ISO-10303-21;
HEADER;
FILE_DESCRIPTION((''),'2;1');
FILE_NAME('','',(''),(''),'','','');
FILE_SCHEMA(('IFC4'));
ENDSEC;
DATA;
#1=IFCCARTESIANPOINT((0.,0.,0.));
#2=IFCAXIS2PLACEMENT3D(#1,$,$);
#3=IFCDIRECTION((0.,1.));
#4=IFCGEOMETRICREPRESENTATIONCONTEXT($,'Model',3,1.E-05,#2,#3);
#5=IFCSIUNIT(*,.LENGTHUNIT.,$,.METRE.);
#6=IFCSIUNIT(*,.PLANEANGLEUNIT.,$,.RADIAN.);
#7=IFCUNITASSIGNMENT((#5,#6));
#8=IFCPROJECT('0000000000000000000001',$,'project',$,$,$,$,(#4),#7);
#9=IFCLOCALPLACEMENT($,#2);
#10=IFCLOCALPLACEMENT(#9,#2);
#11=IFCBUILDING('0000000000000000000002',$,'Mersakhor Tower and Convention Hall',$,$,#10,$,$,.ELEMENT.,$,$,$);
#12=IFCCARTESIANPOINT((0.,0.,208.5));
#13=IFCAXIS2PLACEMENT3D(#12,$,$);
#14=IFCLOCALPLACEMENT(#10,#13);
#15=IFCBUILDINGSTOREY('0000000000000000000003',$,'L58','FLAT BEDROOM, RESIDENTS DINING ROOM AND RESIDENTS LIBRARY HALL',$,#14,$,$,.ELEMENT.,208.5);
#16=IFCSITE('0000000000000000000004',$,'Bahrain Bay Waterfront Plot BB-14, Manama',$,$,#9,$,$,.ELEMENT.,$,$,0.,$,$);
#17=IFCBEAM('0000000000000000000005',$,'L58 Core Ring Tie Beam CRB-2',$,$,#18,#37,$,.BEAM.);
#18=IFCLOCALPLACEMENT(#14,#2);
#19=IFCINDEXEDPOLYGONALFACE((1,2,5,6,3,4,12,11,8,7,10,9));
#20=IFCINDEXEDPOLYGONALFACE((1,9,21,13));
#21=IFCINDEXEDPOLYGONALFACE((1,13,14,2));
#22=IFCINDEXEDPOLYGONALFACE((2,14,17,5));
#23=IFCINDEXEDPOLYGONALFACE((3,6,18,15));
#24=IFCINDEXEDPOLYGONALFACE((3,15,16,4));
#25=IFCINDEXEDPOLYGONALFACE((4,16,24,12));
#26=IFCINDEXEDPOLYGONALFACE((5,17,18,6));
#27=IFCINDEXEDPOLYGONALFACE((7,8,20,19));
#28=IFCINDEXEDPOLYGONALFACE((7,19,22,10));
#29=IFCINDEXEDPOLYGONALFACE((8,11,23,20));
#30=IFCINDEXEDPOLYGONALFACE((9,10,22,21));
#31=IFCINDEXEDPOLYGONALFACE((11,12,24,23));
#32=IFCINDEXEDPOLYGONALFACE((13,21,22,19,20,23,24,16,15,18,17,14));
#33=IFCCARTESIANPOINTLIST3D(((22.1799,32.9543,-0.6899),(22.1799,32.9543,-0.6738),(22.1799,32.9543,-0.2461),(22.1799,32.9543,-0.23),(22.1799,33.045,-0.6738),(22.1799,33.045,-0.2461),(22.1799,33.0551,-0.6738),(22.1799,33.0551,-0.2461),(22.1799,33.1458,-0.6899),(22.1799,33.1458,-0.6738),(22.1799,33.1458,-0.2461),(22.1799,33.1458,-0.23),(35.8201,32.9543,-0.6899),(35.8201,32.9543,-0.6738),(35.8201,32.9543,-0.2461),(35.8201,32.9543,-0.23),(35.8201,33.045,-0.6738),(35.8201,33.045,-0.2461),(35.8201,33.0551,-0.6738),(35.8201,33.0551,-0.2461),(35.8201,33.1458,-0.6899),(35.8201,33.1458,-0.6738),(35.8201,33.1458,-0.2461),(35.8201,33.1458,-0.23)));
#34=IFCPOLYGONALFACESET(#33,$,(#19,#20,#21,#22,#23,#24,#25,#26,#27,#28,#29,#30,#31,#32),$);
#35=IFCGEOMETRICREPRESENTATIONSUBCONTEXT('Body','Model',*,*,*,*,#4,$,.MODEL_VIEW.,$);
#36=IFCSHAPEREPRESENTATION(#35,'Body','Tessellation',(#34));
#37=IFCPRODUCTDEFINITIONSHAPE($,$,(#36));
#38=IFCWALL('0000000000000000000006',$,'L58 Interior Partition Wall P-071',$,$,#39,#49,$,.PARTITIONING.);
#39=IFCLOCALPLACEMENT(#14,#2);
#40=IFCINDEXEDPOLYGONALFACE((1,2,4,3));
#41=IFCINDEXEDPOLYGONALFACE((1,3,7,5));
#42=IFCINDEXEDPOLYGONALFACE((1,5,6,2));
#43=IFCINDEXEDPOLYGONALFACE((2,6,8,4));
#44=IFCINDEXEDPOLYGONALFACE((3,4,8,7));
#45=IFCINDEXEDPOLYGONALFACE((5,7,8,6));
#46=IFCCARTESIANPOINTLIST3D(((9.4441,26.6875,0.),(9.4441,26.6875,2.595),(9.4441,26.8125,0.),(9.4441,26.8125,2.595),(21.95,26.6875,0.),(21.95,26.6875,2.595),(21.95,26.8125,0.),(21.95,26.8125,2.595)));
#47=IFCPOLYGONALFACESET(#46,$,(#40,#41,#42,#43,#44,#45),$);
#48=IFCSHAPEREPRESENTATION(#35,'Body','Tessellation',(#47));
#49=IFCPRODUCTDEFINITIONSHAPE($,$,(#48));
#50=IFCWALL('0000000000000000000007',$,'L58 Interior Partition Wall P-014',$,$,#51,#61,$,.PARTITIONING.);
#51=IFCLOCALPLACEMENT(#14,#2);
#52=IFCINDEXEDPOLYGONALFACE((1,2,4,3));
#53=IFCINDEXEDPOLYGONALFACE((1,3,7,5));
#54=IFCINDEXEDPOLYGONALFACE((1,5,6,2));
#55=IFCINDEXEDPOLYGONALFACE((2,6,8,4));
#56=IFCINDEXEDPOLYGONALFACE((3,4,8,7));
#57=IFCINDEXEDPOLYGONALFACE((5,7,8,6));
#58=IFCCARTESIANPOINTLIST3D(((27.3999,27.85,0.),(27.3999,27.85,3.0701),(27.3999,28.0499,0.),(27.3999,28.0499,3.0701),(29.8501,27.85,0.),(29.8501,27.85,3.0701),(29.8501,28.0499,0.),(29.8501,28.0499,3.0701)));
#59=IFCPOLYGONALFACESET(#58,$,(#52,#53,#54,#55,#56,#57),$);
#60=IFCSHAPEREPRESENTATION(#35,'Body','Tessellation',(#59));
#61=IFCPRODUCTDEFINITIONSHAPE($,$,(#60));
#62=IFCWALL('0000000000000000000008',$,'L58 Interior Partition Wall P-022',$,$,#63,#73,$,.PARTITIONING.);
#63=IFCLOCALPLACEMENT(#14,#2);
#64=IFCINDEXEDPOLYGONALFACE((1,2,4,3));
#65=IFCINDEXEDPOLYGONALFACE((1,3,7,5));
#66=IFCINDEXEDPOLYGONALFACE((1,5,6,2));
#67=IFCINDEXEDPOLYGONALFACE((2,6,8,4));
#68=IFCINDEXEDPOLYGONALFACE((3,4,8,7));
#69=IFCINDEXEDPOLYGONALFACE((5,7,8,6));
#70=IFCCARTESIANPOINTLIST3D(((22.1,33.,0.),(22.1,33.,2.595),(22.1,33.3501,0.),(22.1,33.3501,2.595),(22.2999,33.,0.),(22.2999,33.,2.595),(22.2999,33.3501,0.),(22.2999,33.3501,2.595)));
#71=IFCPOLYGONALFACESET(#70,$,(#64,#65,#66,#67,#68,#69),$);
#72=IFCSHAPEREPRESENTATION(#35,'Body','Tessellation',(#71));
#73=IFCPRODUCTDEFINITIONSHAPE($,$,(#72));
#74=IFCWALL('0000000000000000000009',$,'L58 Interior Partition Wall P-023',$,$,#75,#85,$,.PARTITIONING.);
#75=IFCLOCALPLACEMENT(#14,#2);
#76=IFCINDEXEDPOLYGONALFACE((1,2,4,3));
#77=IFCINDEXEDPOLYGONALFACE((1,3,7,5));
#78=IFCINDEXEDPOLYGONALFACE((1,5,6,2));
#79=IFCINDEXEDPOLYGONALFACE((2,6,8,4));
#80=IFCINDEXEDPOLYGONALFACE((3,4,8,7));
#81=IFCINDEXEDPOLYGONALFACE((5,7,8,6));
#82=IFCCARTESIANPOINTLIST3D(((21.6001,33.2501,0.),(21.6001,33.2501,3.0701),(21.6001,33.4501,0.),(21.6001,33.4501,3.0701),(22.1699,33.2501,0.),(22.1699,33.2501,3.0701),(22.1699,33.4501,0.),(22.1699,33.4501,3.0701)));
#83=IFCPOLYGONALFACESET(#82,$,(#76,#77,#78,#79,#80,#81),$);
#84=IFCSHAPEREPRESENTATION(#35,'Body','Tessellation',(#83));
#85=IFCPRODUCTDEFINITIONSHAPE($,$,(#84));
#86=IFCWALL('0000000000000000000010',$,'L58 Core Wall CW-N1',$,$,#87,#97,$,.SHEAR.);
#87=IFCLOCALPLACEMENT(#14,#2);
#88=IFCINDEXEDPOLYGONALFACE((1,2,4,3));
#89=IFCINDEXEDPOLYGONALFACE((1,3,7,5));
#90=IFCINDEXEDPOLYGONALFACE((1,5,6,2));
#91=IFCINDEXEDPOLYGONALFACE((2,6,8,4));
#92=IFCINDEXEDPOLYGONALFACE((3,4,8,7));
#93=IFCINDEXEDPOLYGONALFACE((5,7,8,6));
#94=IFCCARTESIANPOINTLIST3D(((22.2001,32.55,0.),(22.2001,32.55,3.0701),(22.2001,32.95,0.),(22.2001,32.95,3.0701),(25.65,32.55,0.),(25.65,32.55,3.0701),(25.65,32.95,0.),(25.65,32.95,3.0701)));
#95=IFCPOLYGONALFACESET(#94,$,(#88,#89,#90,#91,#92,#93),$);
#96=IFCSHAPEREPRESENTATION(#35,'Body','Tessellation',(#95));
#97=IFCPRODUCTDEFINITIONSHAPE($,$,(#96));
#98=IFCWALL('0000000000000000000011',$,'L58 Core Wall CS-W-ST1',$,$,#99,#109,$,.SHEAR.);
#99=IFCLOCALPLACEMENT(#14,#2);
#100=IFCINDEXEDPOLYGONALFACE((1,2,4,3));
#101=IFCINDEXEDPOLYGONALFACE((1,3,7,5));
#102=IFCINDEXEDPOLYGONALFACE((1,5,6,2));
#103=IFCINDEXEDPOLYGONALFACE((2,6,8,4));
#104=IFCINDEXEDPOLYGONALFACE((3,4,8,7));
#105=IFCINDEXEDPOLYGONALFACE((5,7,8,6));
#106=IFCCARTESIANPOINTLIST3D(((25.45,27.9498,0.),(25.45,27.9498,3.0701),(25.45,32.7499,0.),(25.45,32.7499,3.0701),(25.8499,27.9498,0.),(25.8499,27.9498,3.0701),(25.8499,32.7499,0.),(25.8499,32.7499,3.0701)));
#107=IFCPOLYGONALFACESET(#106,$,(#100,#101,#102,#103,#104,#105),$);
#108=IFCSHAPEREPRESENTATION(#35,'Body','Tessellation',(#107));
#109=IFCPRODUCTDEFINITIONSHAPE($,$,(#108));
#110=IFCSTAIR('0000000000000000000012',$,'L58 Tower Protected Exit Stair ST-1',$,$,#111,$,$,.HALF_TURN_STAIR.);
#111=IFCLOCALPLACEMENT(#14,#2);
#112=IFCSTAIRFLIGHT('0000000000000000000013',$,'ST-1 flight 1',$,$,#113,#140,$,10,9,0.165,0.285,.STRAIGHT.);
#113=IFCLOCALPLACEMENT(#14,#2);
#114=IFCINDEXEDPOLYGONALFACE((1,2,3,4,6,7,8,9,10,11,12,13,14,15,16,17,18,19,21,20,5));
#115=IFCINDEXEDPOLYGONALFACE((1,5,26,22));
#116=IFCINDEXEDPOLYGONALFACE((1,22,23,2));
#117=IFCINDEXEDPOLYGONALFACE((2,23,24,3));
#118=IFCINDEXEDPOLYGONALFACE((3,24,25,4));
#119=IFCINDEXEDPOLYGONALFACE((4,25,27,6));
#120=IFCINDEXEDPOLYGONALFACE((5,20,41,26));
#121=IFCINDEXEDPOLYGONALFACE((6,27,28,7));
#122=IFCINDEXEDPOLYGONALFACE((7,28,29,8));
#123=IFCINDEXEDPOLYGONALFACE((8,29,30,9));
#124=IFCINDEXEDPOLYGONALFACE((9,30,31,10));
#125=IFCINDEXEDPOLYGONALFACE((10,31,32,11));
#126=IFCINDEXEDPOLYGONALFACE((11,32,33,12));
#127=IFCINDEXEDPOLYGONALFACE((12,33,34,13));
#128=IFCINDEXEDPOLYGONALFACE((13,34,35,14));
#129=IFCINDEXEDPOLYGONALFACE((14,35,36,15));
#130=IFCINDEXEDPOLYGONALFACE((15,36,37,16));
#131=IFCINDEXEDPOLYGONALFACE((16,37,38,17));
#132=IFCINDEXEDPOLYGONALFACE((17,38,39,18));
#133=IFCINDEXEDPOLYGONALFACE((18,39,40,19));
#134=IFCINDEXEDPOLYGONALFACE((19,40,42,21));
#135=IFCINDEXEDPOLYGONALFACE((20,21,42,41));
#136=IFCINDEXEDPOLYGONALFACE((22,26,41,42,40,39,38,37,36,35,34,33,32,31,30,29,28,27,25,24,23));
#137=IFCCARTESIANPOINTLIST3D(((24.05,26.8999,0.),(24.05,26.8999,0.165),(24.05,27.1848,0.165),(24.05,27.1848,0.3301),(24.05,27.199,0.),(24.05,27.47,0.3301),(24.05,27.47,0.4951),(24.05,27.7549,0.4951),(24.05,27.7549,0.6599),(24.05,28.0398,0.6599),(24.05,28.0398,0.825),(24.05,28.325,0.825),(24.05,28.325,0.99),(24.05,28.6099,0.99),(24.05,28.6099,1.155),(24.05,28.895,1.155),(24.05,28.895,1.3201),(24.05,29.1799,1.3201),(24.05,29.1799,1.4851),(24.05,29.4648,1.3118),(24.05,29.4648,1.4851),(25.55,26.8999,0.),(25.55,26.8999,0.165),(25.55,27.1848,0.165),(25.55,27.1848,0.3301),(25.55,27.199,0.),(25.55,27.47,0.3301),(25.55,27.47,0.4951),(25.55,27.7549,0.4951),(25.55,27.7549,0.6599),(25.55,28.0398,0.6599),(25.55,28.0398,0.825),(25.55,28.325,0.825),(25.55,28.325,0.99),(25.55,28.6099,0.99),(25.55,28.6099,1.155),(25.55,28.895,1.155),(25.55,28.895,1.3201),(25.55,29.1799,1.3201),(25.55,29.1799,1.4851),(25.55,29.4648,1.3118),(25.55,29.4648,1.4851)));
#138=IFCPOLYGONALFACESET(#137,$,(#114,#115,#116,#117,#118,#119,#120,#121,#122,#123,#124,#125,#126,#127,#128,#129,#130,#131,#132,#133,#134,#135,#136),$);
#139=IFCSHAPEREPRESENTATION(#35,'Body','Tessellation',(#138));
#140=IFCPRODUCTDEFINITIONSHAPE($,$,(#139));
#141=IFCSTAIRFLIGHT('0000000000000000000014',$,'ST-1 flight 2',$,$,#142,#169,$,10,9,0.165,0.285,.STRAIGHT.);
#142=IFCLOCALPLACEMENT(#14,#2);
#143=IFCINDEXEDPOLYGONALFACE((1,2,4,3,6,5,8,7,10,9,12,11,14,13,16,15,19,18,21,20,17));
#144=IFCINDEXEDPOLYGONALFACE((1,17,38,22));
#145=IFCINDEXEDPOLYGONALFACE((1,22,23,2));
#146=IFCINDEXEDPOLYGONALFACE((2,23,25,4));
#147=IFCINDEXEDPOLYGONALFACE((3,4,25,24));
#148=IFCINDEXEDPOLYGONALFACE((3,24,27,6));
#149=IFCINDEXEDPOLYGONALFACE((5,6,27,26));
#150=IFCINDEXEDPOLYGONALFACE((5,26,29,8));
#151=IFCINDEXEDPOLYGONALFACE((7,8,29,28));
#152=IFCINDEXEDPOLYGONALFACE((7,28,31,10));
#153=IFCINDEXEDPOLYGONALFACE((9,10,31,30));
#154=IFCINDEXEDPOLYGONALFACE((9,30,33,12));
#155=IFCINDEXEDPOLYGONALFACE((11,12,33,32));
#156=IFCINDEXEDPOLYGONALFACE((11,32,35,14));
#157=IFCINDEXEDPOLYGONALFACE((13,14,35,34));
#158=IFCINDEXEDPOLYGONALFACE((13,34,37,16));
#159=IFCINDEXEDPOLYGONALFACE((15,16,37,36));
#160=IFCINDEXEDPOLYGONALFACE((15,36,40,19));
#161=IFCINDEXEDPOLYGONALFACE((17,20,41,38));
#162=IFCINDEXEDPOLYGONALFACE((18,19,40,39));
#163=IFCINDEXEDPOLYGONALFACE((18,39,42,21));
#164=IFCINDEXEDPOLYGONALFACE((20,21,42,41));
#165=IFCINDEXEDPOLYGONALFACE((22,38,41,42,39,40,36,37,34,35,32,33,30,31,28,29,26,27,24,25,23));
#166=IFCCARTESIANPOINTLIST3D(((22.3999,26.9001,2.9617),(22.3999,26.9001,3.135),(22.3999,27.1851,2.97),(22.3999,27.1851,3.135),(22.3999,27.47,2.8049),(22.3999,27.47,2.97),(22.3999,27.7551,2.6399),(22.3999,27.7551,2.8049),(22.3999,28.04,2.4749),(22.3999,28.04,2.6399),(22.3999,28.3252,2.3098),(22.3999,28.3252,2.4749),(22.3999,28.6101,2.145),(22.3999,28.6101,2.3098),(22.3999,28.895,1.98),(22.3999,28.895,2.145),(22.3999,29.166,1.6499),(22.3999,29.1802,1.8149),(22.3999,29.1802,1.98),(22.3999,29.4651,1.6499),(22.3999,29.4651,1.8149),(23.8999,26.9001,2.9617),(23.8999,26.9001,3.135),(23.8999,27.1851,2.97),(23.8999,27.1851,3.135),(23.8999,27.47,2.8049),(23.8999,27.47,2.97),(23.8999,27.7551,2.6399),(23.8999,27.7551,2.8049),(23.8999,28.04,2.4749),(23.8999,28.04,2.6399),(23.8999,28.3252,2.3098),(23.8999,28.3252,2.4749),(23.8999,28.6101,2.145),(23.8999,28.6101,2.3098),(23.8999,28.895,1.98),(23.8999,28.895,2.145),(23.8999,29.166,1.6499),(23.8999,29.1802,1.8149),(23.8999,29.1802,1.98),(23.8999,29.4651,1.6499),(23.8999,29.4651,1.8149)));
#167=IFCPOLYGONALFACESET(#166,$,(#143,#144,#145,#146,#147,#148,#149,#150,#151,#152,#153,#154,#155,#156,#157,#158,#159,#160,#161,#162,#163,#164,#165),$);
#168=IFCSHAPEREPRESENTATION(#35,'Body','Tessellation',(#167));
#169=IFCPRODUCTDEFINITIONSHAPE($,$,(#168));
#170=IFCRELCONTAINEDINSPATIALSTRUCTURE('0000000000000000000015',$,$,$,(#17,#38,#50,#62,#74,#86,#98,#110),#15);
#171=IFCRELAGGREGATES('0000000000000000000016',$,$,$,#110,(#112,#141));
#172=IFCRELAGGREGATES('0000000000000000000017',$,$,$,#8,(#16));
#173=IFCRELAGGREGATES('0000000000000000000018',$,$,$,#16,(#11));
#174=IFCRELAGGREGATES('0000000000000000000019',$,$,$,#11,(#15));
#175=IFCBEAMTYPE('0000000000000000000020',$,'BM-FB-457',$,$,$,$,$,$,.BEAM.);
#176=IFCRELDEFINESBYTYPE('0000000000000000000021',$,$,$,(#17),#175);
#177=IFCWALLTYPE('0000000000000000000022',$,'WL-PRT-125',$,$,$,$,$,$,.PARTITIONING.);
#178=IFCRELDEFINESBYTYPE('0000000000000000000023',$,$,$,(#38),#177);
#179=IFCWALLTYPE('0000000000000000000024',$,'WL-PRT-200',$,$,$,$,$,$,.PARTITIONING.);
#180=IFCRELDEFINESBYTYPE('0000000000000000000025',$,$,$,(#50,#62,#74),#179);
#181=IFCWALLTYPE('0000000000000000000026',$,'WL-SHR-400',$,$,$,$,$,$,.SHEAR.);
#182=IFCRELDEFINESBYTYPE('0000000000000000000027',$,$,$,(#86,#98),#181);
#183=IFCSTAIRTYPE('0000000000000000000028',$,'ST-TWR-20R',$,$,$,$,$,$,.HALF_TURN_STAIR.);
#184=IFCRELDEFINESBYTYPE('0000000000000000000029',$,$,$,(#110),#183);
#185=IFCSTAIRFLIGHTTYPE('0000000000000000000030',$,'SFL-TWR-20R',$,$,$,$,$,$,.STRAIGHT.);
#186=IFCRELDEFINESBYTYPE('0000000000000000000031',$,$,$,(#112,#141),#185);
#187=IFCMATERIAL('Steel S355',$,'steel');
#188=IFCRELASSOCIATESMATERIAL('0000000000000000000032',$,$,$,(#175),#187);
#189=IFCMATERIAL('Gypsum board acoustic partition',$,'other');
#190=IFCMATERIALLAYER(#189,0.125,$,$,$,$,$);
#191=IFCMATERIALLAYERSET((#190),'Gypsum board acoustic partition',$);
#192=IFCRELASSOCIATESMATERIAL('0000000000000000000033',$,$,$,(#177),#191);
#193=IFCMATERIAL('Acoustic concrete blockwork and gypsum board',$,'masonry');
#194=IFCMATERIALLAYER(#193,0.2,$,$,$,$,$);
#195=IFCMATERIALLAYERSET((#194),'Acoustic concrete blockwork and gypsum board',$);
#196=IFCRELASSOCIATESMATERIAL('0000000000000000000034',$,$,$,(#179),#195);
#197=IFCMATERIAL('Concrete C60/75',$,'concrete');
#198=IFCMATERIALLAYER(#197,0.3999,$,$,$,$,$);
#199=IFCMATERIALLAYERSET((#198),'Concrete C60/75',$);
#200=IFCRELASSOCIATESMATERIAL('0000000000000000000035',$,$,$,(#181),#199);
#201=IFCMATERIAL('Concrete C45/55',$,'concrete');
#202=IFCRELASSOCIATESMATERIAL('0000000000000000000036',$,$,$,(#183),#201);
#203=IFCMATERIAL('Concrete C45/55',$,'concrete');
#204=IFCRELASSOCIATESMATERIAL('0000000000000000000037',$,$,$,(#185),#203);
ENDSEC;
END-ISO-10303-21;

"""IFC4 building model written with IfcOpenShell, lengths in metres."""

from ifc_helpers import new_model, si_unit, direction, frame, frame_2d, origin, origin_2d, place, context, subcontext, project, spatial, polyline, rectangle, i_section, outline, extrude, material, layer, layer_set, material_profile, profile_set, type_object, element, aggregate, save


model = new_model("IFC4")

# Units and contexts
model_context = context("Model", 3, precision=1e-05, world=origin(), true_north=direction((0.0, 1.0)))
body_context = subcontext(model_context, "Body", "Model", "MODEL_VIEW")
ifc_project = project(units=[si_unit("LENGTHUNIT", "METRE"), si_unit("PLANEANGLEUNIT", "RADIAN")], contexts=[model_context])

# Site, building, storey
site_placement = place(None, origin())
site = spatial("IfcSite", under=ifc_project, at=site_placement, Name="Bahrain Bay Waterfront Plot BB-14, Manama", CompositionType="ELEMENT", RefElevation=0.0)
building_placement = place(site_placement, origin())
building = spatial("IfcBuilding", under=site, at=building_placement, Name="Mersakhor Tower and Convention Hall", CompositionType="ELEMENT")
storey_placement = place(building_placement, frame((0.0, 0.0, 208.5)))
storey = spatial("IfcBuildingStorey", under=building, at=storey_placement, Name="L58", Description="FLAT BEDROOM, RESIDENTS DINING ROOM AND RESIDENTS LIBRARY HALL", CompositionType="ELEMENT", Elevation=208.5)

# Beam
ifc_material_1 = material(Name="Steel S355", Category="steel")
ifc_material_profile = material_profile(ifc_material_1, i_section(OverallWidth=0.1914, OverallDepth=0.46, WebThickness=0.01, FlangeThickness=0.0161, at=origin_2d()), Name="UB 457x191x82")
ifc_profile_set = profile_set([ifc_material_profile], Name="Steel S355")
beam_type = type_object("IfcBeamType", Name="BM-FB-457", PredefinedType="BEAM", material=ifc_profile_set)
beam_placement = place(storey_placement, frame((22.1799, 33.05, -0.46), z_axis=(1.0, 0.0, 0.0), x_axis=(0.0, 1.0, 0.0)))
element("IfcBeam", 1, at=beam_placement, inside=storey, type_object=beam_type, Name="L58 Core Ring Tie Beam CRB-2", PredefinedType="BEAM", context=body_context, shape_type="SweptSolid", body=[
    extrude(i_section(OverallWidth=0.1914, OverallDepth=0.46, WebThickness=0.01, FlangeThickness=0.0161, at=origin_2d()), origin(), (0.0, 0.0, 1.0), 13.6401),
])

# Wall
ifc_material_2 = material(Name="Gypsum board acoustic partition", Category="other")
ifc_layer_1 = layer(ifc_material_2, 0.125)
ifc_layer_set_1 = layer_set([ifc_layer_1], Name="Gypsum board acoustic partition")
wall_type_1 = type_object("IfcWallType", Name="WL-PRT-125", PredefinedType="PARTITIONING", material=ifc_layer_set_1)
wall_1_placement = place(storey_placement, frame((21.95, 26.75, 0.0), z_axis=(0.0, 0.0, 1.0), x_axis=(-1.0, 0.0, 0.0)))
element("IfcWall", 2, at=wall_1_placement, inside=storey, type_object=wall_type_1, Name="L58 Interior Partition Wall P-071", PredefinedType="PARTITIONING", context=body_context, shape_type="SweptSolid", body=[
    extrude(rectangle(XDim=12.5059, YDim=0.125, at=frame_2d((6.2529, 0.0))), origin(), (0.0, 0.0, 1.0), 2.595),
])

# Shared definitions
ifc_material_3 = material(Name="Acoustic concrete blockwork and gypsum board", Category="masonry")
ifc_layer_2 = layer(ifc_material_3, 0.2)
ifc_layer_set_2 = layer_set([ifc_layer_2], Name="Acoustic concrete blockwork and gypsum board")
wall_type_2 = type_object("IfcWallType", Name="WL-PRT-200", PredefinedType="PARTITIONING", material=ifc_layer_set_2)

# Walls
wall_2_placement = place(storey_placement, frame((27.3999, 27.95, 0.0), z_axis=(0.0, 0.0, 1.0), x_axis=(1.0, 0.0, 0.0)))
element("IfcWall", 3, at=wall_2_placement, inside=storey, type_object=wall_type_2, Name="L58 Interior Partition Wall P-014", PredefinedType="PARTITIONING", context=body_context, shape_type="SweptSolid", body=[
    extrude(rectangle(XDim=2.4502, YDim=0.2, at=frame_2d((1.2251, 0.0))), origin(), (0.0, 0.0, 1.0), 3.0701),
])
wall_3_placement = place(storey_placement, frame((22.2, 33.0, 0.0), z_axis=(0.0, 0.0, 1.0), x_axis=(0.0, 1.0, 0.0)))
element("IfcWall", 4, at=wall_3_placement, inside=storey, type_object=wall_type_2, Name="L58 Interior Partition Wall P-022", PredefinedType="PARTITIONING", context=body_context, shape_type="SweptSolid", body=[
    extrude(rectangle(XDim=0.3501, YDim=0.2, at=frame_2d((0.175, 0.0))), origin(), (0.0, 0.0, 1.0), 2.595),
])
wall_4_placement = place(storey_placement, frame((22.1699, 33.3501, 0.0), z_axis=(0.0, 0.0, 1.0), x_axis=(-1.0, 0.0, 0.0)))
element("IfcWall", 5, at=wall_4_placement, inside=storey, type_object=wall_type_2, Name="L58 Interior Partition Wall P-023", PredefinedType="PARTITIONING", context=body_context, shape_type="SweptSolid", body=[
    extrude(rectangle(XDim=0.5698, YDim=0.2, at=frame_2d((0.2849, 0.0))), origin(), (0.0, 0.0, 1.0), 3.0701),
])
ifc_material_4 = material(Name="Concrete C60/75", Category="concrete")
ifc_layer_3 = layer(ifc_material_4, 0.3999)
ifc_layer_set_3 = layer_set([ifc_layer_3], Name="Concrete C60/75")
wall_type_3 = type_object("IfcWallType", Name="WL-SHR-400", PredefinedType="SHEAR", material=ifc_layer_set_3)
wall_5_placement = place(storey_placement, frame((22.2, 32.75, 0.0), z_axis=(0.0, 0.0, 1.0), x_axis=(1.0, 0.0, 0.0)))
element("IfcWall", 6, at=wall_5_placement, inside=storey, type_object=wall_type_3, Name="L58 Core Wall CW-N1", PredefinedType="SHEAR", context=body_context, shape_type="SweptSolid", body=[
    extrude(rectangle(XDim=3.45, YDim=0.3999, at=frame_2d((1.7251, 0.0))), origin(), (0.0, 0.0, 1.0), 3.0701),
])

# Wall
wall_6_placement = place(storey_placement, frame((25.6499, 27.95, 0.0), z_axis=(0.0, 0.0, 1.0), x_axis=(0.0, 1.0, 0.0)))
element("IfcWall", 7, at=wall_6_placement, inside=storey, type_object=wall_type_3, Name="L58 Core Wall CS-W-ST1", PredefinedType="SHEAR", context=body_context, shape_type="SweptSolid", body=[
    extrude(rectangle(XDim=4.8, YDim=0.3999, at=frame_2d((2.3999, 0.0))), origin(), (0.0, 0.0, 1.0), 3.0701),
])

# Stair, stair flights
ifc_material_5 = material(Name="Concrete C45/55", Category="concrete")
stair_type = type_object("IfcStairType", Name="ST-TWR-20R", PredefinedType="HALF_TURN_STAIR", material=ifc_material_5)
stair_placement = place(storey_placement, origin())
stair = element("IfcStair", 8, at=stair_placement, inside=storey, type_object=stair_type, Name="L58 Tower Protected Exit Stair ST-1", PredefinedType="HALF_TURN_STAIR")
ifc_material_6 = material(Name="Concrete C45/55", Category="concrete")
stair_flight_type = type_object("IfcStairFlightType", Name="SFL-TWR-20R", PredefinedType="STRAIGHT", material=ifc_material_6)
stair_flight_1_placement = place(storey_placement, frame((24.8, 26.8999, 0.0), z_axis=(0.0, 0.0, 1.0), x_axis=(0.0, 1.0, 0.0)))
stair_flight_1 = element("IfcStairFlight", 9, at=stair_flight_1_placement, type_object=stair_flight_type, Name="ST-1 flight 1", NumberOfRisers=10, NumberOfTreads=9, PredefinedType="STRAIGHT", RiserHeight=0.165, TreadLength=0.285, context=body_context, shape_type="SweptSolid", body=[
    extrude(outline(polyline([(0.0, 0.0), (0.0, 0.165), (0.2849, 0.165), (0.2849, 0.3301), (0.5701, 0.3301), (0.5701, 0.4951), (0.855, 0.4951), (0.855, 0.6599), (1.1399, 0.6599), (1.1399, 0.825), (1.425, 0.825), (1.425, 0.99), (1.71, 0.99), (1.71, 1.155), (1.9951, 1.155), (1.9951, 1.3201), (2.28, 1.3201), (2.28, 1.4851), (2.5649, 1.4851), (2.5649, 1.6499), (2.5649, 1.3118), (0.2991, 0.0), (0.0, 0.0)])), frame((0.0, 0.75, 0.0), z_axis=(0.0, -1.0, 0.0), x_axis=(1.0, 0.0, 0.0)), (0.0, 0.0, 1.0), 1.5),
])
stair_flight_2_placement = place(storey_placement, frame((23.1499, 29.4651, 1.6499), z_axis=(0.0, 0.0, 1.0), x_axis=(0.0, -1.0, 0.0)))
stair_flight_2 = element("IfcStairFlight", 10, at=stair_flight_2_placement, type_object=stair_flight_type, Name="ST-1 flight 2", NumberOfRisers=10, NumberOfTreads=9, PredefinedType="STRAIGHT", RiserHeight=0.165, TreadLength=0.285, context=body_context, shape_type="SweptSolid", body=[
    extrude(outline(polyline([(0.0, 0.0), (0.0, 0.165), (0.2849, 0.165), (0.2849, 0.3301), (0.5701, 0.3301), (0.5701, 0.4951), (0.855, 0.4951), (0.855, 0.6599), (1.1399, 0.6599), (1.1399, 0.825), (1.425, 0.825), (1.425, 0.99), (1.71, 0.99), (1.71, 1.155), (1.9951, 1.155), (1.9951, 1.3201), (2.28, 1.3201), (2.28, 1.4851), (2.5649, 1.4851), (2.5649, 1.6499), (2.5649, 1.3118), (0.2991, 0.0), (0.0, 0.0)])), frame((0.0, 0.75, 0.0), z_axis=(0.0, -1.0, 0.0), x_axis=(1.0, 0.0, 0.0)), (0.0, 0.0, 1.0), 1.5),
])
aggregate(stair, [stair_flight_1, stair_flight_2])

save(model, "model.ifc")
